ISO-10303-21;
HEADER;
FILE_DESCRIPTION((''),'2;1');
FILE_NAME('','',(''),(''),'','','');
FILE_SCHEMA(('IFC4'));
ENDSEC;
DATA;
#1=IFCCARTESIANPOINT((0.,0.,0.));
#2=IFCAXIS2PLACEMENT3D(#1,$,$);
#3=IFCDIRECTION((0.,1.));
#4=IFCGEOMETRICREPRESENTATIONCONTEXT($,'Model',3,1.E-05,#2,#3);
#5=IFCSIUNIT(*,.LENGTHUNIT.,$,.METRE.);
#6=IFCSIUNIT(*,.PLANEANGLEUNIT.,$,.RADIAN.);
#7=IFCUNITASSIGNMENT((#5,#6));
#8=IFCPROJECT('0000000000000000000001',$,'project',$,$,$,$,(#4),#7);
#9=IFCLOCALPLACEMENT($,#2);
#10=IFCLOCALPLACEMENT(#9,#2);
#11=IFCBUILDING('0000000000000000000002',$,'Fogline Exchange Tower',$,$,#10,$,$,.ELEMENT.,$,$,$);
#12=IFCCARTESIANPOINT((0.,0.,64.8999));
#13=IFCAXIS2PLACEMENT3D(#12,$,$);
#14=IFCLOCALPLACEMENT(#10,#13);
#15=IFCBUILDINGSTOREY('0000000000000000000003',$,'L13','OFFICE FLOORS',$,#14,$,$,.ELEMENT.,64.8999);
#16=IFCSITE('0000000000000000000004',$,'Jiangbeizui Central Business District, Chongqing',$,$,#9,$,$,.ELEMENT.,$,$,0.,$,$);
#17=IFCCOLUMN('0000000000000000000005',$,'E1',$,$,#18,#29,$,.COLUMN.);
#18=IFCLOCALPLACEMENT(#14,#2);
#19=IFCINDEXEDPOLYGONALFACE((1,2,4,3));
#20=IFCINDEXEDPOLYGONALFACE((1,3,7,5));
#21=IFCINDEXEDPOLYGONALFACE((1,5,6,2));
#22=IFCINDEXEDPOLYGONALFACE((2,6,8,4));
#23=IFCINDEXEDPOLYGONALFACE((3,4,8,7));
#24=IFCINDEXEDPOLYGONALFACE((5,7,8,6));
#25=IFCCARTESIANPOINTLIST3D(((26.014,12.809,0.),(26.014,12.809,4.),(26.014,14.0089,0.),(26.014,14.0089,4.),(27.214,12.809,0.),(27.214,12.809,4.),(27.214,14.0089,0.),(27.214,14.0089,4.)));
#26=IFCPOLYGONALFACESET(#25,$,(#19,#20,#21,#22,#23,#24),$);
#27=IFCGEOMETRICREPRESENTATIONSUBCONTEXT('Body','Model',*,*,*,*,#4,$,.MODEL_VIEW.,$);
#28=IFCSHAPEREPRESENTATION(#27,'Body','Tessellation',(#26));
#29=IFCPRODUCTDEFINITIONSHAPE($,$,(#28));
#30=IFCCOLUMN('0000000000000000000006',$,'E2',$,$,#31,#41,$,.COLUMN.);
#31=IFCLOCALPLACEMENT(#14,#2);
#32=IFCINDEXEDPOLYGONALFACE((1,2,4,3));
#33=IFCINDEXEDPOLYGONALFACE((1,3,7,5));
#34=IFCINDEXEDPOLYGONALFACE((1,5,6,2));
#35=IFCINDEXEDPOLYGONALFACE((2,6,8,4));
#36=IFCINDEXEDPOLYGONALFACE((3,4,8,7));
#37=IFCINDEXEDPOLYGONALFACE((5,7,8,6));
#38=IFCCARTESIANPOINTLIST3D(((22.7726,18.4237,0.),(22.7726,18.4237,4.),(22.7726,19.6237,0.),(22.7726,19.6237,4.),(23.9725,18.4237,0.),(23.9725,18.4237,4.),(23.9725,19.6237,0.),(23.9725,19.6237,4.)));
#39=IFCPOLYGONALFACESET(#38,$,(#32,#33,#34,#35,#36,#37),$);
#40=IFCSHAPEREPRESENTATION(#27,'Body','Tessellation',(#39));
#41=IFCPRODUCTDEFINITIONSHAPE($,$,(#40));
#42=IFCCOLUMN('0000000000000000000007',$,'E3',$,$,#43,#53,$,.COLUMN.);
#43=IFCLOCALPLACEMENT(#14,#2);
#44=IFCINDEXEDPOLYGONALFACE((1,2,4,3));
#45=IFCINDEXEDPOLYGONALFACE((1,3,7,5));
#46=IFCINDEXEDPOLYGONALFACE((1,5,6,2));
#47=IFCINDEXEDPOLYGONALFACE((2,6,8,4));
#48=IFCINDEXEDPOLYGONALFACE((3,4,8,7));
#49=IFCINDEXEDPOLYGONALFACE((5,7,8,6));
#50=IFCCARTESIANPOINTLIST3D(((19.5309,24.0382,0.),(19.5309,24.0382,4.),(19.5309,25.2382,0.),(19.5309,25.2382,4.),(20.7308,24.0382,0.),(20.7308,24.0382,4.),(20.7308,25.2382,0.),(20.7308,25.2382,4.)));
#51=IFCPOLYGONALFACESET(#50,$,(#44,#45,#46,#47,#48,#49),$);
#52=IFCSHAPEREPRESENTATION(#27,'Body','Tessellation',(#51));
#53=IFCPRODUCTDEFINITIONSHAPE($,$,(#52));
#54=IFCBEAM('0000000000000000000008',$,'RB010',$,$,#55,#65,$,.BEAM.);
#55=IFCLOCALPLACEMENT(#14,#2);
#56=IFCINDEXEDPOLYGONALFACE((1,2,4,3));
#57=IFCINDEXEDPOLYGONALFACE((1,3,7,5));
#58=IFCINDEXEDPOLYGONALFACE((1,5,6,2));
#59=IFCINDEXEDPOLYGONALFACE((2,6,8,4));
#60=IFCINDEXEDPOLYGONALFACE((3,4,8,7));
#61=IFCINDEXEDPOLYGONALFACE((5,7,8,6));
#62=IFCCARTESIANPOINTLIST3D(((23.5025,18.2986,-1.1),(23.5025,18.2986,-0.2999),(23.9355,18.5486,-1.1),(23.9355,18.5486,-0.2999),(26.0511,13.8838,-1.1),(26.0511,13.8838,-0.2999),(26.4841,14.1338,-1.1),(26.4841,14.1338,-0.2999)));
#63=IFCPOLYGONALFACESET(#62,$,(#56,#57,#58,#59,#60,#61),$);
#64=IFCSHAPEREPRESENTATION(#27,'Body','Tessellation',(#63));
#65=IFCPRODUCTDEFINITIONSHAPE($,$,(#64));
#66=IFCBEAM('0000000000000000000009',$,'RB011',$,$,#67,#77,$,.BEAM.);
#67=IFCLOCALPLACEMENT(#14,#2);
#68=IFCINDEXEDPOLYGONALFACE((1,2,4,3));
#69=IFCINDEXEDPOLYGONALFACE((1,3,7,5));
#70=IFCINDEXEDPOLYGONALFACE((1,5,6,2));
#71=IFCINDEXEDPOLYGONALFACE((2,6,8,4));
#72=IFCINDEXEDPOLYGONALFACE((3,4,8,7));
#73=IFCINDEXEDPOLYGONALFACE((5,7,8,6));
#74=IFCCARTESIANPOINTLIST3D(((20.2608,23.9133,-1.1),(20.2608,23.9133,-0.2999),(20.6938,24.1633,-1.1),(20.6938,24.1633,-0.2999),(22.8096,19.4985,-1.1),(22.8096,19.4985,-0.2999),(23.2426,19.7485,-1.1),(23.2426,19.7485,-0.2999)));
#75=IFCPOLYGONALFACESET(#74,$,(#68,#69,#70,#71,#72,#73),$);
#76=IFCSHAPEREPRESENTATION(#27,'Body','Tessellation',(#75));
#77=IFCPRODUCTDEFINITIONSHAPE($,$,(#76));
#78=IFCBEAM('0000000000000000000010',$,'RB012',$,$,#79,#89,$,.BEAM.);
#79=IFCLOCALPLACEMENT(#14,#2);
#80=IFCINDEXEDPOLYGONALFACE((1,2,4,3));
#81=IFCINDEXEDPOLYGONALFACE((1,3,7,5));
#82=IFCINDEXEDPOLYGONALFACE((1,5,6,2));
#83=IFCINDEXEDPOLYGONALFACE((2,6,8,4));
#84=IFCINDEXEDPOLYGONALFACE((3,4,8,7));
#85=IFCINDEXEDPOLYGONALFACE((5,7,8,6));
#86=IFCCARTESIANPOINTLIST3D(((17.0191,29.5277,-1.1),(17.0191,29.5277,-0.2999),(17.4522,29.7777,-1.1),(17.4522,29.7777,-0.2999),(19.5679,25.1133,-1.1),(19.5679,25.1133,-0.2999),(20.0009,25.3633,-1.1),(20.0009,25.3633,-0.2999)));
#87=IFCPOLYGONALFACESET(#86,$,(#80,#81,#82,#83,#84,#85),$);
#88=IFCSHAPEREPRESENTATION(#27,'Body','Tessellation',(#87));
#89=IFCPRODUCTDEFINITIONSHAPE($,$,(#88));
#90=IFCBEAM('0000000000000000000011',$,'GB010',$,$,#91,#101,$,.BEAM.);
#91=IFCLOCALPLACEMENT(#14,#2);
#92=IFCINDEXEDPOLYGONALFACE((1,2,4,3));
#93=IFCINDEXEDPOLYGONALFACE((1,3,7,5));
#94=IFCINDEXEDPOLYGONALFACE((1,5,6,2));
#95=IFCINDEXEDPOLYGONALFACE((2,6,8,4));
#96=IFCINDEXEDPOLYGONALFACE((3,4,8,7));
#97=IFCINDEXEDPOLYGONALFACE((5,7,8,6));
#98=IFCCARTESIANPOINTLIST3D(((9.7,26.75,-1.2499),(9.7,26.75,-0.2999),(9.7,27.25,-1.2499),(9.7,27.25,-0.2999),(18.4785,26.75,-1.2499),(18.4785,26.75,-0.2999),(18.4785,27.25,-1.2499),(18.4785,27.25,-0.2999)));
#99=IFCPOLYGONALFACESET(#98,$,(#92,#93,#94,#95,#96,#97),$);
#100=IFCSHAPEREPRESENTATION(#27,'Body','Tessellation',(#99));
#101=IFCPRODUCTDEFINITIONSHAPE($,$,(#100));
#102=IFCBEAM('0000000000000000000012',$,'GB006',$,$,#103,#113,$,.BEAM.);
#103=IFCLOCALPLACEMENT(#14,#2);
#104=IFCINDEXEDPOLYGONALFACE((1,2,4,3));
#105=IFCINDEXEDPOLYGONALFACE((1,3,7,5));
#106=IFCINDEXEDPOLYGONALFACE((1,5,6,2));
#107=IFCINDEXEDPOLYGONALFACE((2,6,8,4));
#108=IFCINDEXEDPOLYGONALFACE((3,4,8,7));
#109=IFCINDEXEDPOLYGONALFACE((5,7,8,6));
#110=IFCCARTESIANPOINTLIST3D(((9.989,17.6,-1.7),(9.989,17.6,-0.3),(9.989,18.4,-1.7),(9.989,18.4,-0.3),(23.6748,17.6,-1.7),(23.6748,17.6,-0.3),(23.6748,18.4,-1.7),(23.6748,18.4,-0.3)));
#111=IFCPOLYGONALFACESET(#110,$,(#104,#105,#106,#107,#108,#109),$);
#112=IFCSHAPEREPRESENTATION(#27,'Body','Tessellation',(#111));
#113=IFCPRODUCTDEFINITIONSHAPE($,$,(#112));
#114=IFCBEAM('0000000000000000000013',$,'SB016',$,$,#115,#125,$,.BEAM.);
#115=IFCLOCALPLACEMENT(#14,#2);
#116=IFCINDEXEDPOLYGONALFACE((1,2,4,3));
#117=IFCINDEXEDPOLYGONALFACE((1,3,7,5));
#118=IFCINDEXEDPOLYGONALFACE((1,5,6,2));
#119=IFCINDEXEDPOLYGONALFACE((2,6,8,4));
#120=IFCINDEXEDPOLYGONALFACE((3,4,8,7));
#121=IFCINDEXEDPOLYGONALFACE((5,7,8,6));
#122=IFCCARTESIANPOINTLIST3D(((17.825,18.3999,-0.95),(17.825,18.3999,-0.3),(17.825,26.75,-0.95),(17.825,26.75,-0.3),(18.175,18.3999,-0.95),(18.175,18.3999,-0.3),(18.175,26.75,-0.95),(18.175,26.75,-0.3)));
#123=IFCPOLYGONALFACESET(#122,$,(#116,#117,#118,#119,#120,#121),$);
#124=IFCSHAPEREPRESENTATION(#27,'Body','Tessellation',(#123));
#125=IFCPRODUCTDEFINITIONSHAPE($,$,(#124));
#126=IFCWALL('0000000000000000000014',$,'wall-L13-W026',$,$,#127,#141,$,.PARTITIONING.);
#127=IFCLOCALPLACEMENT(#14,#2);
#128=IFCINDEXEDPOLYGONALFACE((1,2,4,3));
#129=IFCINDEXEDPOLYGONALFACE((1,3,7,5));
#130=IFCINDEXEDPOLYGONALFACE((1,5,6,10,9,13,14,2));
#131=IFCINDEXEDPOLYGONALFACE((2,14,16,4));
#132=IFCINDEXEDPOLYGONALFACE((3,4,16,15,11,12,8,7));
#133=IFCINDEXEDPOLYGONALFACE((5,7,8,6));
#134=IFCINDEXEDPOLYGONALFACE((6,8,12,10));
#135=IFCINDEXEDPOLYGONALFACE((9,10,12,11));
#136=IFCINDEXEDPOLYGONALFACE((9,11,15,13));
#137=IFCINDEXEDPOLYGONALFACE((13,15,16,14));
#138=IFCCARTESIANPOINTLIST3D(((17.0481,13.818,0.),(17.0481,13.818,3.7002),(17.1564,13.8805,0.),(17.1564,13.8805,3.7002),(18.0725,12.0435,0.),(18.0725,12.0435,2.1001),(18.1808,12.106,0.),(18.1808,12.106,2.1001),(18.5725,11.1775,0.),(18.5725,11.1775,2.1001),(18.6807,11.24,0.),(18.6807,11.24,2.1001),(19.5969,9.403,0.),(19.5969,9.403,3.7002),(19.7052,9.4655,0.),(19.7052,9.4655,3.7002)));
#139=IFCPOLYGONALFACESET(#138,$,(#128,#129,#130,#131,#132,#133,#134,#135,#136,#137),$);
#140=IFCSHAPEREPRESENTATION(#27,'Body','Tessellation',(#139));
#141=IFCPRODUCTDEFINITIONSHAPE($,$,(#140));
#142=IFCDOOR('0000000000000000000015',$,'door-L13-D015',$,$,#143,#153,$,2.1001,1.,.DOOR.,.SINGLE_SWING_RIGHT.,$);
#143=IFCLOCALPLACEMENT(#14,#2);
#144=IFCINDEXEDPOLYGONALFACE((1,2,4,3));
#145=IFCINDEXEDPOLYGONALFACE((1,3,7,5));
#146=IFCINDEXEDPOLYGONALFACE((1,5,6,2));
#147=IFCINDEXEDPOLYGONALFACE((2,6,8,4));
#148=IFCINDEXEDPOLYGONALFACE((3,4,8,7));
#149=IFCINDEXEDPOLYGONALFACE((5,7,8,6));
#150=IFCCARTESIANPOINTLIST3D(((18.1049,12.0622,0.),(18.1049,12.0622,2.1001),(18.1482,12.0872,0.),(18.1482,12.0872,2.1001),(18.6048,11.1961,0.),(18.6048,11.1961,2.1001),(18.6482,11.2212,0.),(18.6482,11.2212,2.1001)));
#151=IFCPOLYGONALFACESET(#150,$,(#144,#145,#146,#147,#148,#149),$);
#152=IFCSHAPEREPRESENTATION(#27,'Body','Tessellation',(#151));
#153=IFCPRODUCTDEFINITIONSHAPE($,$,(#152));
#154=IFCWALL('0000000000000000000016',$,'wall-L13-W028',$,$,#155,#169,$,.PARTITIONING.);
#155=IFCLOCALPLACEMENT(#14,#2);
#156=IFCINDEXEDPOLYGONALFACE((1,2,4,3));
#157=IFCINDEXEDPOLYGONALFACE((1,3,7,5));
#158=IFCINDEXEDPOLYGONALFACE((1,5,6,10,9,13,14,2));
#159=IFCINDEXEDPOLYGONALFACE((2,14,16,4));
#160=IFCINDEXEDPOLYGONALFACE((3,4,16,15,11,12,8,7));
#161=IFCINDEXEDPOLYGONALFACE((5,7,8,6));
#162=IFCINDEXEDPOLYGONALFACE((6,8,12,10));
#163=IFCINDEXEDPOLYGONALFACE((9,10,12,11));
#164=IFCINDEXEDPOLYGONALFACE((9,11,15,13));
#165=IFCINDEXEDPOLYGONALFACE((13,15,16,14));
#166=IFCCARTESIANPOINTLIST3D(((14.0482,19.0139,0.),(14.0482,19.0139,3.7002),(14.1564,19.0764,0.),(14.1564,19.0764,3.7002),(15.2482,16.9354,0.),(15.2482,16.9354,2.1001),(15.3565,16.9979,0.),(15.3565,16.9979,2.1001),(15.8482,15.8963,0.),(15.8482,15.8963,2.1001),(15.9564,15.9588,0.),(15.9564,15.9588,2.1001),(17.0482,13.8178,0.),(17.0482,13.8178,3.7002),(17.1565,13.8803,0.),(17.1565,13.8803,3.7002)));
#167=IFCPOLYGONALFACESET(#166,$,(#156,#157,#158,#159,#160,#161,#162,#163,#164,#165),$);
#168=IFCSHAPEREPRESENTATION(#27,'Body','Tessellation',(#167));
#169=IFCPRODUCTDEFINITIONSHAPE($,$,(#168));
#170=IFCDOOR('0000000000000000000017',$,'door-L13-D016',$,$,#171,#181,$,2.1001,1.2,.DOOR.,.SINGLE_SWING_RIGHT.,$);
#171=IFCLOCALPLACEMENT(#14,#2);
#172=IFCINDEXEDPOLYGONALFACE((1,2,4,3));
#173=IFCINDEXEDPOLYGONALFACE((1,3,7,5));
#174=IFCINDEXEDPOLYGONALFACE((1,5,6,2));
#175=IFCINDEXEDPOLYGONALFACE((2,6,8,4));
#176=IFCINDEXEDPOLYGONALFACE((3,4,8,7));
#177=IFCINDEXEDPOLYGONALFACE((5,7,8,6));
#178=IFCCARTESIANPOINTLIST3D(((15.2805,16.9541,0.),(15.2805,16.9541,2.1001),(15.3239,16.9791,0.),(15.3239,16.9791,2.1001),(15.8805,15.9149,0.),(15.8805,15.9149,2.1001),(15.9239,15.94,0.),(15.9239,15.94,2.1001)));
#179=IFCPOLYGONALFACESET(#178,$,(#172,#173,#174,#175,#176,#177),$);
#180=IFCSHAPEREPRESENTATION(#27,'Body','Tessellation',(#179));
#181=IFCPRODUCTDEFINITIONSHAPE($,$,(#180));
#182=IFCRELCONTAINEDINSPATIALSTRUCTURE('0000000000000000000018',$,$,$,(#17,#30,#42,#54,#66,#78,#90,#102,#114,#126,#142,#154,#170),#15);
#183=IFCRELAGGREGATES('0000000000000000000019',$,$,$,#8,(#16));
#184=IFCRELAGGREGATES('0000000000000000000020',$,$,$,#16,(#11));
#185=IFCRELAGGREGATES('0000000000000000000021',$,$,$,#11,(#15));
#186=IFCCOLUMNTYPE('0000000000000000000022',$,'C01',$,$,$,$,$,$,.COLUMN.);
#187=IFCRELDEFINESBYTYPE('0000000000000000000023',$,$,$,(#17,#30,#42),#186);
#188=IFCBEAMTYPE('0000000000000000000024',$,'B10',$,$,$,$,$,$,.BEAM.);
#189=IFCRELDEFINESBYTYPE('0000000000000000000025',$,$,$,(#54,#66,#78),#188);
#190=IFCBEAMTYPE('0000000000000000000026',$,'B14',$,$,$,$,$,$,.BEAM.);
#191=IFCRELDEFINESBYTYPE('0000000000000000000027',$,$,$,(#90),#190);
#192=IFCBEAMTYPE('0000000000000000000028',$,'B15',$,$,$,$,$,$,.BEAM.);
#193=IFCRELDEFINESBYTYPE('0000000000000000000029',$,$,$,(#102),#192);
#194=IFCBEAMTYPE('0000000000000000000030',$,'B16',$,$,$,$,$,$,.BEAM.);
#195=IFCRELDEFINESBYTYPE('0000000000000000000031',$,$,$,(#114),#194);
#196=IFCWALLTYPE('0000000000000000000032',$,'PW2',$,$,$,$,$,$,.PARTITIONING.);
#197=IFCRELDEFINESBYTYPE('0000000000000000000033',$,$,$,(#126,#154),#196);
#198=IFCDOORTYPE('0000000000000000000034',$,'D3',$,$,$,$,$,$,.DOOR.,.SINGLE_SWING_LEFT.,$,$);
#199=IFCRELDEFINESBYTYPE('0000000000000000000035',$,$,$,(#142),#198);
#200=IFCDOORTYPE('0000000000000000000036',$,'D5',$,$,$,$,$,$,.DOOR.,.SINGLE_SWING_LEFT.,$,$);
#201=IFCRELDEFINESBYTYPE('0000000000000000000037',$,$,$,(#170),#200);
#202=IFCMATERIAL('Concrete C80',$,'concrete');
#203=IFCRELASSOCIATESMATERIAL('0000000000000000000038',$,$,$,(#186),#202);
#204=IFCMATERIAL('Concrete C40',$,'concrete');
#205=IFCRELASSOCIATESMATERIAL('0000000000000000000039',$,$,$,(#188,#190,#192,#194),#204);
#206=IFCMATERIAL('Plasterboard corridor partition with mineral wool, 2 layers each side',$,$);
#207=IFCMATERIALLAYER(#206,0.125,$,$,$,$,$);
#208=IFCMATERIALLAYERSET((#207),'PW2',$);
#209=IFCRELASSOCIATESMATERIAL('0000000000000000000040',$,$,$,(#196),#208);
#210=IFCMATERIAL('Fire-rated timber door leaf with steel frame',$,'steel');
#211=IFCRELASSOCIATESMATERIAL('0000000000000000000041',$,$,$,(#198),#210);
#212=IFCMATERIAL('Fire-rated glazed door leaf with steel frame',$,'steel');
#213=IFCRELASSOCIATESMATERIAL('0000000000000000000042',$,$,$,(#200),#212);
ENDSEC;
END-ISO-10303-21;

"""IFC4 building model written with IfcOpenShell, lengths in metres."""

from ifc_helpers import new_model, si_unit, direction, frame, frame_2d, origin, origin_2d, place, context, subcontext, project, spatial, rectangle, extrude, material, layer, layer_set, material_profile, profile_set, type_object, element, fill, save


model = new_model("IFC4")

# Units and contexts
model_context = context("Model", 3, precision=1e-05, world=origin(), true_north=direction((0.0, 1.0)))
body_context = subcontext(model_context, "Body", "Model", "MODEL_VIEW")
ifc_project = project(units=[si_unit("LENGTHUNIT", "METRE"), si_unit("PLANEANGLEUNIT", "RADIAN")], contexts=[model_context])

# Site, building, storey
site_placement = place(None, origin())
site = spatial("IfcSite", under=ifc_project, at=site_placement, Name="Jiangbeizui Central Business District, Chongqing", CompositionType="ELEMENT", RefElevation=0.0)
building_placement = place(site_placement, origin())
building = spatial("IfcBuilding", under=site, at=building_placement, Name="Fogline Exchange Tower", CompositionType="ELEMENT")
storey_placement = place(building_placement, frame((0.0, 0.0, 64.8999)))
storey = spatial("IfcBuildingStorey", under=building, at=storey_placement, Name="L13", Description="OFFICE FLOORS", CompositionType="ELEMENT", Elevation=64.8999)

# Columns
ifc_material_1 = material(Name="Concrete C80", Category="concrete")
ifc_material_profile_1 = material_profile(ifc_material_1, rectangle(XDim=1.2, YDim=1.2, at=origin_2d()), Name="RC 1200x1200")
ifc_profile_set_1 = profile_set([ifc_material_profile_1], Name="Concrete C80")
column_type = type_object("IfcColumnType", Name="C01", PredefinedType="COLUMN", material=ifc_profile_set_1)
for number, where, z_axis, x_axis, name in (
    (1, (26.614, 13.4089, 0.0), (0.0, 0.0, 1.0), (1.0, 0.0, 0.0), "E1"),
    (2, (23.3726, 19.0237, 0.0), (0.0, 0.0, 1.0), (1.0, 0.0, 0.0), "E2"),
    (3, (20.1309, 24.6382, 0.0), (0.0, 0.0, 1.0), (1.0, 0.0, 0.0), "E3"),
):
    element("IfcColumn", number, at=place(storey_placement, frame(where, z_axis=z_axis, x_axis=x_axis)), inside=storey, type_object=column_type, Name=name, PredefinedType="COLUMN", context=body_context, shape_type="SweptSolid", body=[
        extrude(rectangle(XDim=1.2, YDim=1.2, at=origin_2d()), origin(), (0.0, 0.0, 1.0), 4.0),
    ])

# Beams
ifc_material_2 = material(Name="Concrete C40", Category="concrete")
ifc_material_profile_2 = material_profile(ifc_material_2, rectangle(XDim=0.5, YDim=0.8, at=origin_2d()), Name="RC 500x800")
ifc_profile_set_2 = profile_set([ifc_material_profile_2], Name="Concrete C40")
beam_type_1 = type_object("IfcBeamType", Name="B10", PredefinedType="BEAM", material=ifc_profile_set_2)
for number, where, z_axis, x_axis, name in (
    (4, (26.2676, 14.0088, -0.7), (-0.499956, 0.866051, 0.0), (-0.866051, -0.499956, 0.0), "RB010"),
    (5, (23.0261, 19.6235, -0.7), (-0.499992, 0.86603, 0.0), (-0.86603, -0.499992, 0.0), "RB011"),
):
    element("IfcBeam", number, at=place(storey_placement, frame(where, z_axis=z_axis, x_axis=x_axis)), inside=storey, type_object=beam_type_1, Name=name, PredefinedType="BEAM", context=body_context, shape_type="SweptSolid", body=[
        extrude(rectangle(XDim=0.5, YDim=0.8, at=origin_2d()), origin(), (0.0, 0.0, 1.0), 5.0977),
    ])
beam_1_placement = place(storey_placement, frame((19.7844, 25.2383, -0.7), z_axis=(-0.500013, 0.866018, 0.0), x_axis=(-0.866018, -0.500013, 0.0)))
element("IfcBeam", 6, at=beam_1_placement, inside=storey, type_object=beam_type_1, Name="RB012", PredefinedType="BEAM", context=body_context, shape_type="SweptSolid", body=[
    extrude(rectangle(XDim=0.5, YDim=0.8, at=origin_2d()), origin(), (0.0, 0.0, 1.0), 5.0974),
])
ifc_material_profile_3 = material_profile(ifc_material_2, rectangle(XDim=0.5, YDim=0.95, at=origin_2d()), Name="RC 500x950")
ifc_profile_set_3 = profile_set([ifc_material_profile_3], Name="Concrete C40")
beam_type_2 = type_object("IfcBeamType", Name="B14", PredefinedType="BEAM", material=ifc_profile_set_3)
beam_2_placement = place(storey_placement, frame((9.7, 27.0, -0.7749), z_axis=(1.0, 0.0, 0.0), x_axis=(0.0, 1.0, 0.0)))
element("IfcBeam", 7, at=beam_2_placement, inside=storey, type_object=beam_type_2, Name="GB010", PredefinedType="BEAM", context=body_context, shape_type="SweptSolid", body=[
    extrude(rectangle(XDim=0.5, YDim=0.95, at=origin_2d()), origin(), (0.0, 0.0, 1.0), 8.7786),
])
ifc_material_profile_4 = material_profile(ifc_material_2, rectangle(XDim=0.8, YDim=1.3999, at=origin_2d()), Name="RC 800x1400")
ifc_profile_set_4 = profile_set([ifc_material_profile_4], Name="Concrete C40")
beam_type_3 = type_object("IfcBeamType", Name="B15", PredefinedType="BEAM", material=ifc_profile_set_4)
beam_3_placement = place(storey_placement, frame((9.989, 18.0, -1.0), z_axis=(1.0, 0.0, 0.0), x_axis=(0.0, 1.0, 0.0)))
element("IfcBeam", 8, at=beam_3_placement, inside=storey, type_object=beam_type_3, Name="GB006", PredefinedType="BEAM", context=body_context, shape_type="SweptSolid", body=[
    extrude(rectangle(XDim=0.8, YDim=1.3999, at=origin_2d()), origin(), (0.0, 0.0, 1.0), 13.6858),
])
ifc_material_profile_5 = material_profile(ifc_material_2, rectangle(XDim=0.3501, YDim=0.6499, at=origin_2d()), Name="RC 350x650")
ifc_profile_set_5 = profile_set([ifc_material_profile_5], Name="Concrete C40")
beam_type_4 = type_object("IfcBeamType", Name="B16", PredefinedType="BEAM", material=ifc_profile_set_5)
beam_4_placement = place(storey_placement, frame((18.0, 18.3999, -0.625), z_axis=(0.0, 1.0, 0.0), x_axis=(-1.0, 0.0, 0.0)))
element("IfcBeam", 9, at=beam_4_placement, inside=storey, type_object=beam_type_4, Name="SB016", PredefinedType="BEAM", context=body_context, shape_type="SweptSolid", body=[
    extrude(rectangle(XDim=0.3501, YDim=0.6499, at=origin_2d()), origin(), (0.0, 0.0, 1.0), 8.3501),
])

# Walls, openings, doors
ifc_material_3 = material(Name="Plasterboard corridor partition with mineral wool, 2 layers each side")
ifc_layer_1 = layer(ifc_material_3, 0.125)
ifc_layer_set_1 = layer_set([ifc_layer_1], Name="PW2")
wall_type_1 = type_object("IfcWallType", Name="PW2", PredefinedType="PARTITIONING", material=ifc_layer_set_1)
wall_1_placement = place(storey_placement, frame((17.1023, 13.8491, 0.0), z_axis=(0.0, 0.0, 1.0), x_axis=(0.499971, -0.866042, 0.0)))
wall_1 = element("IfcWall", 10, at=wall_1_placement, inside=storey, type_object=wall_type_1, Name="wall-L13-W026", PredefinedType="PARTITIONING", context=body_context, shape_type="SweptSolid", body=[
    extrude(rectangle(XDim=5.0979, YDim=0.125, at=frame_2d((2.5488, 0.0))), origin(), (0.0, 0.0, 1.0), 3.7002),
])
opening_1_placement = place(wall_1_placement, frame((2.0488, 0.0, 0.0)))
opening_1 = element("IfcOpeningElement", 11, at=opening_1_placement, cuts=wall_1, PredefinedType="OPENING", context=body_context, shape_type="SweptSolid", body=[
    extrude(rectangle(XDim=1.0, YDim=2.1001, at=frame_2d((0.5, 1.05))), frame((0.0, 0.0725, 0.0), z_axis=(0.0, -1.0, 0.0), x_axis=(1.0, 0.0, 0.0)), (0.0, 0.0, 1.0), 0.145),
])
ifc_material_4 = material(Name="Fire-rated timber door leaf with steel frame", Category="steel")
door_type_1 = type_object("IfcDoorType", Name="D3", OperationType="SINGLE_SWING_LEFT", PredefinedType="DOOR", material=ifc_material_4)
door_1_placement = place(opening_1_placement, origin())
door_1 = element("IfcDoor", 12, at=door_1_placement, inside=storey, type_object=door_type_1, Name="door-L13-D015", OperationType="SINGLE_SWING_RIGHT", OverallHeight=2.1001, OverallWidth=1.0, PredefinedType="DOOR", context=body_context, shape_type="SweptSolid", body=[
    extrude(rectangle(XDim=1.0, YDim=2.1001, at=frame_2d((0.5, 1.05))), frame((0.0, 0.0249, 0.0), z_axis=(0.0, -1.0, 0.0), x_axis=(1.0, 0.0, 0.0)), (0.0, 0.0, 1.0), 0.05),
])
fill(opening_1, door_1)
wall_2_placement = place(storey_placement, frame((14.1023, 19.0452, 0.0), z_axis=(0.0, 0.0, 1.0), x_axis=(0.500008, -0.866021, 0.0)))
wall_2 = element("IfcWall", 13, at=wall_2_placement, inside=storey, type_object=wall_type_1, Name="wall-L13-W028", PredefinedType="PARTITIONING", context=body_context, shape_type="SweptSolid", body=[
    extrude(rectangle(XDim=6.0, YDim=0.125, at=frame_2d((3.0, 0.0))), origin(), (0.0, 0.0, 1.0), 3.7002),
])
opening_2_placement = place(wall_2_placement, frame((2.3999, 0.0, 0.0)))
opening_2 = element("IfcOpeningElement", 14, at=opening_2_placement, cuts=wall_2, PredefinedType="OPENING", context=body_context, shape_type="SweptSolid", body=[
    extrude(rectangle(XDim=1.2, YDim=2.1001, at=frame_2d((0.6001, 1.05))), frame((0.0, 0.0725, 0.0), z_axis=(0.0, -1.0, 0.0), x_axis=(1.0, 0.0, 0.0)), (0.0, 0.0, 1.0), 0.145),
])
ifc_material_5 = material(Name="Fire-rated glazed door leaf with steel frame", Category="steel")
door_type_2 = type_object("IfcDoorType", Name="D5", OperationType="SINGLE_SWING_LEFT", PredefinedType="DOOR", material=ifc_material_5)
door_2_placement = place(opening_2_placement, origin())
door_2 = element("IfcDoor", 15, at=door_2_placement, inside=storey, type_object=door_type_2, Name="door-L13-D016", OperationType="SINGLE_SWING_RIGHT", OverallHeight=2.1001, OverallWidth=1.2, PredefinedType="DOOR", context=body_context, shape_type="SweptSolid", body=[
    extrude(rectangle(XDim=1.2, YDim=2.1001, at=frame_2d((0.6001, 1.05))), frame((0.0, 0.0249, 0.0), z_axis=(0.0, -1.0, 0.0), x_axis=(1.0, 0.0, 0.0)), (0.0, 0.0, 1.0), 0.05),
])
fill(opening_2, door_2)

save(model, "model.ifc")
